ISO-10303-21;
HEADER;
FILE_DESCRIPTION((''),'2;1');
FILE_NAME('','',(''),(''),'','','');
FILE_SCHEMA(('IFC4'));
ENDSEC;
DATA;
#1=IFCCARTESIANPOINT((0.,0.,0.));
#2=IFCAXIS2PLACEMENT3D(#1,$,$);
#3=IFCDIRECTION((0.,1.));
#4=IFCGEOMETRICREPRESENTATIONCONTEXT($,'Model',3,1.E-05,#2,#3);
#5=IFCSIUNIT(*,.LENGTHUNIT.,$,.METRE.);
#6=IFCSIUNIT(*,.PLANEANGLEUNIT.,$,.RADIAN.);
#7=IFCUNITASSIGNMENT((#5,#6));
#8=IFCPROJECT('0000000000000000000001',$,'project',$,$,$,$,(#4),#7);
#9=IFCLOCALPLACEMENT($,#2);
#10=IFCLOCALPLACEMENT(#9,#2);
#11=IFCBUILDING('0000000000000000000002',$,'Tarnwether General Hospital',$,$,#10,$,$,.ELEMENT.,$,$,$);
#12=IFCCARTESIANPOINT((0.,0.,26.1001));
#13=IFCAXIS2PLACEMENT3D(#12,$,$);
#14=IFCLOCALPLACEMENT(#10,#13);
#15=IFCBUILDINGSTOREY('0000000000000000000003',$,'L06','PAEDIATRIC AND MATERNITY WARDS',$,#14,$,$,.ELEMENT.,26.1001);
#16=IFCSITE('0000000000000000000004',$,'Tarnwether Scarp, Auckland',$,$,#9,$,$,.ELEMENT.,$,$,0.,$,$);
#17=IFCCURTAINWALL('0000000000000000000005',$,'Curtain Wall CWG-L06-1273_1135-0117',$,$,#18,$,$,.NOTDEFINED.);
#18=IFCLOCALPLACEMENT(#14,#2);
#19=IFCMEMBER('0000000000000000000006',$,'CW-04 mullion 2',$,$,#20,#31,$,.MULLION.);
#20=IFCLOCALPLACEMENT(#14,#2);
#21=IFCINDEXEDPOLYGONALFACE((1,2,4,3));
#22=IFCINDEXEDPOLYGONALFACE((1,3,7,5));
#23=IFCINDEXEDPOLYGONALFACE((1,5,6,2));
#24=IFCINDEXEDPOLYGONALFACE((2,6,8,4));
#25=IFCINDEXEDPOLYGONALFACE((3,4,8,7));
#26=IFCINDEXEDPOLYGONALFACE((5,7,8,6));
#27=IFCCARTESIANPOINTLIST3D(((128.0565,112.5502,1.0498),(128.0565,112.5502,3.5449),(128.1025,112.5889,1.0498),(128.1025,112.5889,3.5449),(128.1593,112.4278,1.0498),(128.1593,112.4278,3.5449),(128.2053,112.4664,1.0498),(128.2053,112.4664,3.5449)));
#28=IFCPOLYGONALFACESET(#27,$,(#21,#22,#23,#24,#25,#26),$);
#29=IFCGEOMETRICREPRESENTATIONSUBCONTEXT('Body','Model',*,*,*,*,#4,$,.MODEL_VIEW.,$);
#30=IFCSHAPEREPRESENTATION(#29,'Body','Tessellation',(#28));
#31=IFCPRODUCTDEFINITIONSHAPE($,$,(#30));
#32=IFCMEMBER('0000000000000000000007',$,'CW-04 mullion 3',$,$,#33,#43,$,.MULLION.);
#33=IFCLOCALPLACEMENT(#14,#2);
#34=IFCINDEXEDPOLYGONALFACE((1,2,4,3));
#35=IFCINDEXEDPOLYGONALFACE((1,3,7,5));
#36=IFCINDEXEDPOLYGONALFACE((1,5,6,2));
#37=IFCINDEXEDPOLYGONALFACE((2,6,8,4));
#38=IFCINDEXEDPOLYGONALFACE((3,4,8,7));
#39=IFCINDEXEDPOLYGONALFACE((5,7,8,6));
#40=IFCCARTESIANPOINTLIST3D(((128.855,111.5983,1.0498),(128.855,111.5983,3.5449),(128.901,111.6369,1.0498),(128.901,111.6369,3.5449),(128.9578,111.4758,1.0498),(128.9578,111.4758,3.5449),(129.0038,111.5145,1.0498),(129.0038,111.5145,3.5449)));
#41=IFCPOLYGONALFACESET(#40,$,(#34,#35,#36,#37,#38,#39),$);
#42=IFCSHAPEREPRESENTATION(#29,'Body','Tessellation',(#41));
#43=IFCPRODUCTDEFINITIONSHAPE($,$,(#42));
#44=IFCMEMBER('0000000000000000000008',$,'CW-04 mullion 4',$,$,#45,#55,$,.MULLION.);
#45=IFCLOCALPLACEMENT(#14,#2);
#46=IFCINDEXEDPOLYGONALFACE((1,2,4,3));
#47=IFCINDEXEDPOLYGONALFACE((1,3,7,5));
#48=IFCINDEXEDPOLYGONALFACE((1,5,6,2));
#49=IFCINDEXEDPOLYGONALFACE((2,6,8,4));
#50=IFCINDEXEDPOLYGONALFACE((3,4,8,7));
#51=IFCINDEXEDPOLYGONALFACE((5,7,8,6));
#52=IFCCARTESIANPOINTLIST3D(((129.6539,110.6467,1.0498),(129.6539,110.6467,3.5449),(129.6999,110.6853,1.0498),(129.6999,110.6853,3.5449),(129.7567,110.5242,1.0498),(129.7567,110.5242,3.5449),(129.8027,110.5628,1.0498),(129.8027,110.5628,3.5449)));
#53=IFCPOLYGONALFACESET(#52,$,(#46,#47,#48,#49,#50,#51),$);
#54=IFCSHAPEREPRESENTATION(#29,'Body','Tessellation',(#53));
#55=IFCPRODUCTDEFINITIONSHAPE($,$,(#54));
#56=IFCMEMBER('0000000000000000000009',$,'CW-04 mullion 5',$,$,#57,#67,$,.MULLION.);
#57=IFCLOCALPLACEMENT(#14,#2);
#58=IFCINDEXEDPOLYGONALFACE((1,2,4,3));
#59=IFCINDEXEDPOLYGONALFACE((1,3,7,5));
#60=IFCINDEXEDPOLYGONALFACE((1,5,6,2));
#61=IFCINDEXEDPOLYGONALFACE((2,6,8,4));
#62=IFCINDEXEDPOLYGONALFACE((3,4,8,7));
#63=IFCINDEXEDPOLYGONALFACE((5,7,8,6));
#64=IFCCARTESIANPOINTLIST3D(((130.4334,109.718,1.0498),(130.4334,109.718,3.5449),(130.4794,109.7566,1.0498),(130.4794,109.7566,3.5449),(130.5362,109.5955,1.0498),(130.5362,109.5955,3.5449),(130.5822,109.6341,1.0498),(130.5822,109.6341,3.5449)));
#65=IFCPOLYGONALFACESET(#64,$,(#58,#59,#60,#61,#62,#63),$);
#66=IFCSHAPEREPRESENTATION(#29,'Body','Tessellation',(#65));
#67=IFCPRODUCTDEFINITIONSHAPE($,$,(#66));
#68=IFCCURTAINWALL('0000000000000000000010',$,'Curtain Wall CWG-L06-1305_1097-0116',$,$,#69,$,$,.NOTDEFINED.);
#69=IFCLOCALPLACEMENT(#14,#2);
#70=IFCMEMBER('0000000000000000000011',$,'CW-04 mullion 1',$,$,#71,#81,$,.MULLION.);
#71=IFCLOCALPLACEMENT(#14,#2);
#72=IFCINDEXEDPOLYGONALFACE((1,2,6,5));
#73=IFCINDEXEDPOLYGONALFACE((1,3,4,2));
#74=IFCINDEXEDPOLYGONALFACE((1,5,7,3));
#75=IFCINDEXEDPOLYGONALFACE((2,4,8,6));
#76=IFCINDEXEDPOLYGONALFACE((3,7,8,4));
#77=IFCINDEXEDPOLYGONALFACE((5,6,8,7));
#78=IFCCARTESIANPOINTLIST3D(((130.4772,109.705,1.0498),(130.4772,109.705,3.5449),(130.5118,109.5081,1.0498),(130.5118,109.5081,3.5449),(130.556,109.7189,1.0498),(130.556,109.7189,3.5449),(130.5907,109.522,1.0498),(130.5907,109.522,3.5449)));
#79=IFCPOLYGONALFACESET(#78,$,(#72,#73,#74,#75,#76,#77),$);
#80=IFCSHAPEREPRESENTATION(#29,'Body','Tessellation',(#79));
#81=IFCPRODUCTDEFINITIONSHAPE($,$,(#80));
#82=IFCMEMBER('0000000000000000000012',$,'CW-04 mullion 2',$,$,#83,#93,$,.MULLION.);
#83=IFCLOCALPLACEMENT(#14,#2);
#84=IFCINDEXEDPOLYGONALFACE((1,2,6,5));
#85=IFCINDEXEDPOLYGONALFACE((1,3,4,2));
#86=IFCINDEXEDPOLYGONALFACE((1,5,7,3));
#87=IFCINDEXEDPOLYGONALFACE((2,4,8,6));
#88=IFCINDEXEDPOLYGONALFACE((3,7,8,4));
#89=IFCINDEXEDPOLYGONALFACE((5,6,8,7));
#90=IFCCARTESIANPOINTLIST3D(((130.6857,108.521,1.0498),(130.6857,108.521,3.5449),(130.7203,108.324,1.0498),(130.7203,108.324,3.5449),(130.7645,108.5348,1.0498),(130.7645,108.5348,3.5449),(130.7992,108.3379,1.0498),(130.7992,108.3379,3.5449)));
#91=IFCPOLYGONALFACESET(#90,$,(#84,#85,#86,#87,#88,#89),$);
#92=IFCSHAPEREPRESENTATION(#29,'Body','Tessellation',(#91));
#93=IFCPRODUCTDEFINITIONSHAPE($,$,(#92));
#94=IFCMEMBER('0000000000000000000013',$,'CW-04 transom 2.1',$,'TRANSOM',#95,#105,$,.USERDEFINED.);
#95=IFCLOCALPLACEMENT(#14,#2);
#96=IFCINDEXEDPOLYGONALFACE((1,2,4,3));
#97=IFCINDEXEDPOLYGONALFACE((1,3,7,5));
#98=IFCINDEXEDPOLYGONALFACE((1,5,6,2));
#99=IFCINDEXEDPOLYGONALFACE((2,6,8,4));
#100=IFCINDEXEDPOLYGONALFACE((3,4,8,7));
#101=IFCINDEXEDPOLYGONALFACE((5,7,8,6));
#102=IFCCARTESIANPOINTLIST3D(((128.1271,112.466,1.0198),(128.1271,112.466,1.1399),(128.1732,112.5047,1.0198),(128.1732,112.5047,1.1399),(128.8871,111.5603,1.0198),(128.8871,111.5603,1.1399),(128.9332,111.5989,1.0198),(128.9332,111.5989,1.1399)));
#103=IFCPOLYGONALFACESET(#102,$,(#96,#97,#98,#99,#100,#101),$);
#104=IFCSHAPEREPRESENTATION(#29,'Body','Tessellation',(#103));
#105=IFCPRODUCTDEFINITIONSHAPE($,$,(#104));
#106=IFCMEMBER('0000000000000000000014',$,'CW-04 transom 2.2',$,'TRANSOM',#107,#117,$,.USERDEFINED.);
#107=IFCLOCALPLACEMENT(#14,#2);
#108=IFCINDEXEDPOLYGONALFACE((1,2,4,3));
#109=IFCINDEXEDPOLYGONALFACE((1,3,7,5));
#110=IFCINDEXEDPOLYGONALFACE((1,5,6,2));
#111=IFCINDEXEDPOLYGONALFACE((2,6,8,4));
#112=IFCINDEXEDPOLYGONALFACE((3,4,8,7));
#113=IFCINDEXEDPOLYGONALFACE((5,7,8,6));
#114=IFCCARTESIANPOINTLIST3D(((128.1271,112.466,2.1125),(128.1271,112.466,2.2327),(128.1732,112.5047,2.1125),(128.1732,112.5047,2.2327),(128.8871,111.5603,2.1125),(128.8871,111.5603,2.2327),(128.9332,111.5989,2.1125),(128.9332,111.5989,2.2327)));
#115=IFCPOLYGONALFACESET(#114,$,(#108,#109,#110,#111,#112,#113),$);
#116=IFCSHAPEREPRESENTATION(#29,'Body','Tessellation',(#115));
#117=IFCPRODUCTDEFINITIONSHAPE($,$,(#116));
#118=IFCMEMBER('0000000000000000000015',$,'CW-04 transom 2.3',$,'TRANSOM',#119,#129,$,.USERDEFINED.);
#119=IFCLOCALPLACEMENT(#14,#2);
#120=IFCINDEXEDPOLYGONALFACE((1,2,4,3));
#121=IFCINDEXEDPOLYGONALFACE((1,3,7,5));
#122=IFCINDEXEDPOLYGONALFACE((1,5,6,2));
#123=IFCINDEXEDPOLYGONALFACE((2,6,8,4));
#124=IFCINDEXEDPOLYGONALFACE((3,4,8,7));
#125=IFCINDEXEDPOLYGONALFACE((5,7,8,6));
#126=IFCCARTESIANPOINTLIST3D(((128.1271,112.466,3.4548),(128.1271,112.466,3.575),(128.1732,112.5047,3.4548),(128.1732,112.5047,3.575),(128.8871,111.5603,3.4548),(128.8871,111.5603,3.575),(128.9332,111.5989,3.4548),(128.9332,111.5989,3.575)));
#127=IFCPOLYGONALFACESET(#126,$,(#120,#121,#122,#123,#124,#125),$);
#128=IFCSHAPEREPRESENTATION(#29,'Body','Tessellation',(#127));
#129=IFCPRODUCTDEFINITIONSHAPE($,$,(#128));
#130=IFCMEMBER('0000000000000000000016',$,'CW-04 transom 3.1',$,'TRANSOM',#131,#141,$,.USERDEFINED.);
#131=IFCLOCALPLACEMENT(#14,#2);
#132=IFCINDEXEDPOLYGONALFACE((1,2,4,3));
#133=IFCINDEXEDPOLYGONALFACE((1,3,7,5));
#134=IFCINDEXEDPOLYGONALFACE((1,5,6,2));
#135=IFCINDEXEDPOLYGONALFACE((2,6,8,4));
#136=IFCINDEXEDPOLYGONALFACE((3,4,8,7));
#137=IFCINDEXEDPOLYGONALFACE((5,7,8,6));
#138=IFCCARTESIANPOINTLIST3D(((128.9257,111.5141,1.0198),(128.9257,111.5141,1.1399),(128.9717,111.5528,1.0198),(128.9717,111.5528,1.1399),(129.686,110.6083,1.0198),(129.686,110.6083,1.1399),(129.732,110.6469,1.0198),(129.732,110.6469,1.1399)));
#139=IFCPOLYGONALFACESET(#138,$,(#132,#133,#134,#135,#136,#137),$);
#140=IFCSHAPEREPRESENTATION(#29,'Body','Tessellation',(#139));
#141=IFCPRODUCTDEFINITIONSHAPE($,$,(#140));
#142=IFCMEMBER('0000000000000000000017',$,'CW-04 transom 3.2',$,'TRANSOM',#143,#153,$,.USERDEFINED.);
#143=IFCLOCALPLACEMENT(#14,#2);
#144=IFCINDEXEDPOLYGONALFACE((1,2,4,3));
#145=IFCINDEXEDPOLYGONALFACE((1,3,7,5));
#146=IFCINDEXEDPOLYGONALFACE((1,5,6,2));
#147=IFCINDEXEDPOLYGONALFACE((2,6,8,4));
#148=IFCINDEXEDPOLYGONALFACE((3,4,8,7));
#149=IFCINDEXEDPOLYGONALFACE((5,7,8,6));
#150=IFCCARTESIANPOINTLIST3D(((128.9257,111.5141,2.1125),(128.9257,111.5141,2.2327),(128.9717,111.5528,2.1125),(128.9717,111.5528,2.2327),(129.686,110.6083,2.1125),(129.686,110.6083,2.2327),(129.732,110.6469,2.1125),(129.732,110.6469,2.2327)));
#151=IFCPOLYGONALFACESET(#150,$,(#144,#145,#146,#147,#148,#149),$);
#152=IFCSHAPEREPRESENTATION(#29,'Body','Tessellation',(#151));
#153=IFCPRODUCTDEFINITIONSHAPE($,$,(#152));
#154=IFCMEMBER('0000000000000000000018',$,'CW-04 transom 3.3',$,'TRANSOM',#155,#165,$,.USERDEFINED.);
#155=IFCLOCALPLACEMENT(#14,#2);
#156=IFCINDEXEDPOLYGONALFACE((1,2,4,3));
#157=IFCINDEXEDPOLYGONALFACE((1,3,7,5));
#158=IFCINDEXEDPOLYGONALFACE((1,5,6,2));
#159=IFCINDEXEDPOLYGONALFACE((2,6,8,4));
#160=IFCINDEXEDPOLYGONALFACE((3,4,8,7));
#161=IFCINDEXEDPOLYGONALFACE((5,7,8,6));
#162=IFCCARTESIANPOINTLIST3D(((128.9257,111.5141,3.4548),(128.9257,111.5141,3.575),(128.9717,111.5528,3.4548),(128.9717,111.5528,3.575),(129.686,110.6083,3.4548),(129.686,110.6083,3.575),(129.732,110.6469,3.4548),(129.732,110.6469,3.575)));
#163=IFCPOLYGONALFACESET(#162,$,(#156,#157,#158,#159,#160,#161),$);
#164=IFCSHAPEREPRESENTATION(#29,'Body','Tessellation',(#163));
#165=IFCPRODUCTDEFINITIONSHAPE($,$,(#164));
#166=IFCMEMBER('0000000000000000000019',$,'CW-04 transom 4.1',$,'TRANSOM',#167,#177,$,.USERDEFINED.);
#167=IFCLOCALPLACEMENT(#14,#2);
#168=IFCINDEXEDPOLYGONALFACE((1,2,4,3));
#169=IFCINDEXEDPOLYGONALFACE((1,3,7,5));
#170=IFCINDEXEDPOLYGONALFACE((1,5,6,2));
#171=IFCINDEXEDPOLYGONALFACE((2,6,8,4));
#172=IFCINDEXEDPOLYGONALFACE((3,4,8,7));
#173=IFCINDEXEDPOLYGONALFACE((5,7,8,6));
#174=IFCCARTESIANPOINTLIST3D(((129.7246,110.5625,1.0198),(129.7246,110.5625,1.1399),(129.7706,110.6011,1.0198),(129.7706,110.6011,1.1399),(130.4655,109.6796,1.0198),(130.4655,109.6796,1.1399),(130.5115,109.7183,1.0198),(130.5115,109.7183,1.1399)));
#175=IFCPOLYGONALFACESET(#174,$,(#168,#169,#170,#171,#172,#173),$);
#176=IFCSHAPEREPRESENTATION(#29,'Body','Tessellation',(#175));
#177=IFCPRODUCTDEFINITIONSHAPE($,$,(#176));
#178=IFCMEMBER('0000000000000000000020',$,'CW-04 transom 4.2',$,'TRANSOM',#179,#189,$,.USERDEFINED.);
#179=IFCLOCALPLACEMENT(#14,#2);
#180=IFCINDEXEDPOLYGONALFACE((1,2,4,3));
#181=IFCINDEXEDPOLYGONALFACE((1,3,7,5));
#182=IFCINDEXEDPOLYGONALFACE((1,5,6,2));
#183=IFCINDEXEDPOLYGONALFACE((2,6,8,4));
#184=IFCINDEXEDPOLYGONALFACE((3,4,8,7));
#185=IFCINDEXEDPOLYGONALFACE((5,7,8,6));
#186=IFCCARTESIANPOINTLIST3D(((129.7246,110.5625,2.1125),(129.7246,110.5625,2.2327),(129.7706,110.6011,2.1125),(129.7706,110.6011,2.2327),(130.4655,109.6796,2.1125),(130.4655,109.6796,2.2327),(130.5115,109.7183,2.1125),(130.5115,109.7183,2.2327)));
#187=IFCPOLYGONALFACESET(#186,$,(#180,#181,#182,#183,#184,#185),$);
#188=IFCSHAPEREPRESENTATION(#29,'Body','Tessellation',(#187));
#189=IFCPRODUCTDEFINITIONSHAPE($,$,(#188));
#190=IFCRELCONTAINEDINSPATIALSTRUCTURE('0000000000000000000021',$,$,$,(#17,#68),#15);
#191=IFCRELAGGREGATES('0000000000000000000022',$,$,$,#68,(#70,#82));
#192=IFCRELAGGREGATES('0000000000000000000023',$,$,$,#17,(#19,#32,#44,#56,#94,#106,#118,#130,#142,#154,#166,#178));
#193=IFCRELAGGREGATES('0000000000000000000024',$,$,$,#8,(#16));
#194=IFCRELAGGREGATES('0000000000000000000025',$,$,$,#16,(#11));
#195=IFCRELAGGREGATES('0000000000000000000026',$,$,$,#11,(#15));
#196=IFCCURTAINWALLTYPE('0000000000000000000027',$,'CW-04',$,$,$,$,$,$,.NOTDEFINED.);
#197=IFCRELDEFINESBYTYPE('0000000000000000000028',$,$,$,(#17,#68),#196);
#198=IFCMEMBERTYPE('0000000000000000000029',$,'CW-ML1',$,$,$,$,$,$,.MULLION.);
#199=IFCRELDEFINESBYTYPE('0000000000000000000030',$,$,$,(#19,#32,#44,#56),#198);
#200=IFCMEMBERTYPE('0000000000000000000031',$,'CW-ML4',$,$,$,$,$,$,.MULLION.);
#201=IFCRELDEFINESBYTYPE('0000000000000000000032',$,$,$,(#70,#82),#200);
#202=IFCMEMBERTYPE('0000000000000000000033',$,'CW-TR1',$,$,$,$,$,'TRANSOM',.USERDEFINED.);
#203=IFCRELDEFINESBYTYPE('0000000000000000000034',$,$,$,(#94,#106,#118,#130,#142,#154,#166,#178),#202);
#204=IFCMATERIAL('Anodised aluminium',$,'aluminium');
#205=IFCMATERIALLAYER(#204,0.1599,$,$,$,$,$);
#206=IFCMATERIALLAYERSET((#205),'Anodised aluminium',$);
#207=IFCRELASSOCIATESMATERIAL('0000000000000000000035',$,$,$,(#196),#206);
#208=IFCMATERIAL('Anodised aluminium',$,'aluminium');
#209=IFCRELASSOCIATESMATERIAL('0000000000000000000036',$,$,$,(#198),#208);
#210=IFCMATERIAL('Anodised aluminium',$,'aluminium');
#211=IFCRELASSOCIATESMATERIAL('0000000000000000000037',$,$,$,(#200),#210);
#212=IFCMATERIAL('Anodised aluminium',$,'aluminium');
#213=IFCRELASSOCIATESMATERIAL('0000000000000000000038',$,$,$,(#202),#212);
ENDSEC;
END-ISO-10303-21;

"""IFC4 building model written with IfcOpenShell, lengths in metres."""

from ifc_helpers import new_model, si_unit, direction, frame, origin, origin_2d, place, context, subcontext, project, spatial, rectangle, extrude, material, layer, layer_set, material_profile, profile_set, type_object, element, aggregate, save


model = new_model("IFC4")

# Units and contexts
model_context = context("Model", 3, precision=1e-05, world=origin(), true_north=direction((0.0, 1.0)))
body_context = subcontext(model_context, "Body", "Model", "MODEL_VIEW")
ifc_project = project(units=[si_unit("LENGTHUNIT", "METRE"), si_unit("PLANEANGLEUNIT", "RADIAN")], contexts=[model_context])

# Site, building, storey
site_placement = place(None, origin())
site = spatial("IfcSite", under=ifc_project, at=site_placement, Name="Tarnwether Scarp, Auckland", CompositionType="ELEMENT", RefElevation=0.0)
building_placement = place(site_placement, origin())
building = spatial("IfcBuilding", under=site, at=building_placement, Name="Tarnwether General Hospital", CompositionType="ELEMENT")
storey_placement = place(building_placement, frame((0.0, 0.0, 26.1001)))
storey = spatial("IfcBuildingStorey", under=building, at=storey_placement, Name="L06", Description="PAEDIATRIC AND MATERNITY WARDS", CompositionType="ELEMENT", Elevation=26.1001)

# Curtain walls, members
ifc_material_1 = material(Name="Anodised aluminium", Category="aluminium")
ifc_layer_1 = layer(ifc_material_1, 0.1599)
ifc_layer_set_1 = layer_set([ifc_layer_1], Name="Anodised aluminium")
curtain_wall_type = type_object("IfcCurtainWallType", Name="CW-04", PredefinedType="NOTDEFINED", material=ifc_layer_set_1)
curtain_wall_1_placement = place(storey_placement, origin())
curtain_wall_1 = element("IfcCurtainWall", 1, at=curtain_wall_1_placement, inside=storey, type_object=curtain_wall_type, Name="Curtain Wall CWG-L06-1273_1135-0117", PredefinedType="NOTDEFINED")
ifc_material_2 = material(Name="Anodised aluminium", Category="aluminium")
ifc_material_profile_1 = material_profile(ifc_material_2, rectangle(XDim=0.0601, YDim=0.1599, at=origin_2d()), Name="ALU-MUL-60x160")
ifc_profile_set_1 = profile_set([ifc_material_profile_1], Name="Anodised aluminium")
member_type_1 = type_object("IfcMemberType", Name="CW-ML1", PredefinedType="MULLION", material=ifc_profile_set_1)
member_1_placement = place(storey_placement, frame((128.1309, 112.5083, 1.0498), z_axis=(0.0, 0.0, 1.0), x_axis=(0.76599, 0.642852, 0.0)))
member_1 = element("IfcMember", 2, at=member_1_placement, type_object=member_type_1, Name="CW-04 mullion 2", PredefinedType="MULLION", context=body_context, shape_type="SweptSolid", body=[
    extrude(rectangle(XDim=0.0601, YDim=0.1599, at=origin_2d()), origin(), (0.0, 0.0, 1.0), 2.4951),
])
member_2_placement = place(storey_placement, frame((128.9294, 111.5564, 1.0498), z_axis=(0.0, 0.0, 1.0), x_axis=(0.76599, 0.642852, 0.0)))
member_2 = element("IfcMember", 3, at=member_2_placement, type_object=member_type_1, Name="CW-04 mullion 3", PredefinedType="MULLION", context=body_context, shape_type="SweptSolid", body=[
    extrude(rectangle(XDim=0.0601, YDim=0.1599, at=origin_2d()), origin(), (0.0, 0.0, 1.0), 2.4951),
])
member_3_placement = place(storey_placement, frame((129.7283, 110.6047, 1.0498), z_axis=(0.0, 0.0, 1.0), x_axis=(0.76599, 0.642852, 0.0)))
member_3 = element("IfcMember", 4, at=member_3_placement, type_object=member_type_1, Name="CW-04 mullion 4", PredefinedType="MULLION", context=body_context, shape_type="SweptSolid", body=[
    extrude(rectangle(XDim=0.0601, YDim=0.1599, at=origin_2d()), origin(), (0.0, 0.0, 1.0), 2.4951),
])
member_4_placement = place(storey_placement, frame((130.5078, 109.676, 1.0498), z_axis=(0.0, 0.0, 1.0), x_axis=(0.76599, 0.642852, 0.0)))
member_4 = element("IfcMember", 5, at=member_4_placement, type_object=member_type_1, Name="CW-04 mullion 5", PredefinedType="MULLION", context=body_context, shape_type="SweptSolid", body=[
    extrude(rectangle(XDim=0.0601, YDim=0.1599, at=origin_2d()), origin(), (0.0, 0.0, 1.0), 2.4951),
])
curtain_wall_2_placement = place(storey_placement, origin())
curtain_wall_2 = element("IfcCurtainWall", 6, at=curtain_wall_2_placement, inside=storey, type_object=curtain_wall_type, Name="Curtain Wall CWG-L06-1305_1097-0116", PredefinedType="NOTDEFINED")
ifc_material_3 = material(Name="Anodised aluminium", Category="aluminium")
ifc_material_profile_2 = material_profile(ifc_material_3, rectangle(XDim=0.0801, YDim=0.2, at=origin_2d()), Name="ALU-MUL-80x200")
ifc_profile_set_2 = profile_set([ifc_material_profile_2], Name="Anodised aluminium")
member_type_2 = type_object("IfcMemberType", Name="CW-ML4", PredefinedType="MULLION", material=ifc_profile_set_2)
member_5_placement = place(storey_placement, frame((130.5339, 109.6135, 1.0498), z_axis=(0.0, 0.0, 1.0), x_axis=(0.98484, 0.173464, 0.0)))
member_5 = element("IfcMember", 7, at=member_5_placement, type_object=member_type_2, Name="CW-04 mullion 1", PredefinedType="MULLION", context=body_context, shape_type="SweptSolid", body=[
    extrude(rectangle(XDim=0.0801, YDim=0.2, at=origin_2d()), origin(), (0.0, 0.0, 1.0), 2.4951),
])
member_6_placement = place(storey_placement, frame((130.7424, 108.4294, 1.0498), z_axis=(0.0, 0.0, 1.0), x_axis=(0.98484, 0.173464, 0.0)))
member_6 = element("IfcMember", 8, at=member_6_placement, type_object=member_type_2, Name="CW-04 mullion 2", PredefinedType="MULLION", context=body_context, shape_type="SweptSolid", body=[
    extrude(rectangle(XDim=0.0801, YDim=0.2, at=origin_2d()), origin(), (0.0, 0.0, 1.0), 2.4951),
])

# Members
ifc_material_4 = material(Name="Anodised aluminium", Category="aluminium")
ifc_material_profile_3 = material_profile(ifc_material_4, rectangle(XDim=0.0601, YDim=0.1201, at=origin_2d()), Name="ALU-TRN-60x120")
ifc_profile_set_3 = profile_set([ifc_material_profile_3], Name="Anodised aluminium")
member_type_3 = type_object("IfcMemberType", Name="CW-TR1", ElementType="TRANSOM", PredefinedType="USERDEFINED", material=ifc_profile_set_3)
member_7_placement = place(storey_placement, frame((128.1501, 112.4854, 1.0798), z_axis=(0.64278, -0.766051, 0.0), x_axis=(0.766051, 0.64278, 0.0)))
member_7 = element("IfcMember", 9, at=member_7_placement, type_object=member_type_3, Name="CW-04 transom 2.1", ObjectType="TRANSOM", PredefinedType="USERDEFINED", context=body_context, shape_type="SweptSolid", body=[
    extrude(rectangle(XDim=0.0601, YDim=0.1201, at=origin_2d()), origin(), (0.0, 0.0, 1.0), 1.1824),
])
member_8_placement = place(storey_placement, frame((128.1501, 112.4854, 2.1726), z_axis=(0.64278, -0.766051, 0.0), x_axis=(0.766051, 0.64278, 0.0)))
member_8 = element("IfcMember", 10, at=member_8_placement, type_object=member_type_3, Name="CW-04 transom 2.2", ObjectType="TRANSOM", PredefinedType="USERDEFINED", context=body_context, shape_type="SweptSolid", body=[
    extrude(rectangle(XDim=0.0601, YDim=0.1201, at=origin_2d()), origin(), (0.0, 0.0, 1.0), 1.1824),
])
member_9_placement = place(storey_placement, frame((128.1501, 112.4854, 3.5149), z_axis=(0.64278, -0.766051, 0.0), x_axis=(0.766051, 0.64278, 0.0)))
member_9 = element("IfcMember", 11, at=member_9_placement, type_object=member_type_3, Name="CW-04 transom 2.3", ObjectType="TRANSOM", PredefinedType="USERDEFINED", context=body_context, shape_type="SweptSolid", body=[
    extrude(rectangle(XDim=0.0601, YDim=0.1201, at=origin_2d()), origin(), (0.0, 0.0, 1.0), 1.1824),
])
member_10_placement = place(storey_placement, frame((128.9487, 111.5334, 1.0798), z_axis=(0.642902, -0.765949, 0.0), x_axis=(0.765949, 0.642902, 0.0)))
member_10 = element("IfcMember", 12, at=member_10_placement, type_object=member_type_3, Name="CW-04 transom 3.1", ObjectType="TRANSOM", PredefinedType="USERDEFINED", context=body_context, shape_type="SweptSolid", body=[
    extrude(rectangle(XDim=0.0601, YDim=0.1201, at=origin_2d()), origin(), (0.0, 0.0, 1.0), 1.1826),
])
member_11_placement = place(storey_placement, frame((128.9487, 111.5334, 2.1726), z_axis=(0.642902, -0.765949, 0.0), x_axis=(0.765949, 0.642902, 0.0)))
member_11 = element("IfcMember", 13, at=member_11_placement, type_object=member_type_3, Name="CW-04 transom 3.2", ObjectType="TRANSOM", PredefinedType="USERDEFINED", context=body_context, shape_type="SweptSolid", body=[
    extrude(rectangle(XDim=0.0601, YDim=0.1201, at=origin_2d()), origin(), (0.0, 0.0, 1.0), 1.1826),
])
member_12_placement = place(storey_placement, frame((128.9487, 111.5334, 3.5149), z_axis=(0.642902, -0.765949, 0.0), x_axis=(0.765949, 0.642902, 0.0)))
member_12 = element("IfcMember", 14, at=member_12_placement, type_object=member_type_3, Name="CW-04 transom 3.3", ObjectType="TRANSOM", PredefinedType="USERDEFINED", context=body_context, shape_type="SweptSolid", body=[
    extrude(rectangle(XDim=0.0601, YDim=0.1201, at=origin_2d()), origin(), (0.0, 0.0, 1.0), 1.1826),
])
member_13_placement = place(storey_placement, frame((129.7476, 110.5818, 1.0798), z_axis=(0.642889, -0.765959, 0.0), x_axis=(0.765959, 0.642889, 0.0)))
member_13 = element("IfcMember", 15, at=member_13_placement, type_object=member_type_3, Name="CW-04 transom 4.1", ObjectType="TRANSOM", PredefinedType="USERDEFINED", context=body_context, shape_type="SweptSolid", body=[
    extrude(rectangle(XDim=0.0601, YDim=0.1201, at=origin_2d()), origin(), (0.0, 0.0, 1.0), 1.1526),
])
member_14_placement = place(storey_placement, frame((129.7476, 110.5818, 2.1726), z_axis=(0.642889, -0.765959, 0.0), x_axis=(0.765959, 0.642889, 0.0)))
member_14 = element("IfcMember", 16, at=member_14_placement, type_object=member_type_3, Name="CW-04 transom 4.2", ObjectType="TRANSOM", PredefinedType="USERDEFINED", context=body_context, shape_type="SweptSolid", body=[
    extrude(rectangle(XDim=0.0601, YDim=0.1201, at=origin_2d()), origin(), (0.0, 0.0, 1.0), 1.1526),
])

aggregate(curtain_wall_2, [member_5, member_6])
aggregate(curtain_wall_1, [member_1, member_2, member_3, member_4, member_7, member_8, member_9, member_10, member_11, member_12, member_13, member_14])

save(model, "model.ifc")
